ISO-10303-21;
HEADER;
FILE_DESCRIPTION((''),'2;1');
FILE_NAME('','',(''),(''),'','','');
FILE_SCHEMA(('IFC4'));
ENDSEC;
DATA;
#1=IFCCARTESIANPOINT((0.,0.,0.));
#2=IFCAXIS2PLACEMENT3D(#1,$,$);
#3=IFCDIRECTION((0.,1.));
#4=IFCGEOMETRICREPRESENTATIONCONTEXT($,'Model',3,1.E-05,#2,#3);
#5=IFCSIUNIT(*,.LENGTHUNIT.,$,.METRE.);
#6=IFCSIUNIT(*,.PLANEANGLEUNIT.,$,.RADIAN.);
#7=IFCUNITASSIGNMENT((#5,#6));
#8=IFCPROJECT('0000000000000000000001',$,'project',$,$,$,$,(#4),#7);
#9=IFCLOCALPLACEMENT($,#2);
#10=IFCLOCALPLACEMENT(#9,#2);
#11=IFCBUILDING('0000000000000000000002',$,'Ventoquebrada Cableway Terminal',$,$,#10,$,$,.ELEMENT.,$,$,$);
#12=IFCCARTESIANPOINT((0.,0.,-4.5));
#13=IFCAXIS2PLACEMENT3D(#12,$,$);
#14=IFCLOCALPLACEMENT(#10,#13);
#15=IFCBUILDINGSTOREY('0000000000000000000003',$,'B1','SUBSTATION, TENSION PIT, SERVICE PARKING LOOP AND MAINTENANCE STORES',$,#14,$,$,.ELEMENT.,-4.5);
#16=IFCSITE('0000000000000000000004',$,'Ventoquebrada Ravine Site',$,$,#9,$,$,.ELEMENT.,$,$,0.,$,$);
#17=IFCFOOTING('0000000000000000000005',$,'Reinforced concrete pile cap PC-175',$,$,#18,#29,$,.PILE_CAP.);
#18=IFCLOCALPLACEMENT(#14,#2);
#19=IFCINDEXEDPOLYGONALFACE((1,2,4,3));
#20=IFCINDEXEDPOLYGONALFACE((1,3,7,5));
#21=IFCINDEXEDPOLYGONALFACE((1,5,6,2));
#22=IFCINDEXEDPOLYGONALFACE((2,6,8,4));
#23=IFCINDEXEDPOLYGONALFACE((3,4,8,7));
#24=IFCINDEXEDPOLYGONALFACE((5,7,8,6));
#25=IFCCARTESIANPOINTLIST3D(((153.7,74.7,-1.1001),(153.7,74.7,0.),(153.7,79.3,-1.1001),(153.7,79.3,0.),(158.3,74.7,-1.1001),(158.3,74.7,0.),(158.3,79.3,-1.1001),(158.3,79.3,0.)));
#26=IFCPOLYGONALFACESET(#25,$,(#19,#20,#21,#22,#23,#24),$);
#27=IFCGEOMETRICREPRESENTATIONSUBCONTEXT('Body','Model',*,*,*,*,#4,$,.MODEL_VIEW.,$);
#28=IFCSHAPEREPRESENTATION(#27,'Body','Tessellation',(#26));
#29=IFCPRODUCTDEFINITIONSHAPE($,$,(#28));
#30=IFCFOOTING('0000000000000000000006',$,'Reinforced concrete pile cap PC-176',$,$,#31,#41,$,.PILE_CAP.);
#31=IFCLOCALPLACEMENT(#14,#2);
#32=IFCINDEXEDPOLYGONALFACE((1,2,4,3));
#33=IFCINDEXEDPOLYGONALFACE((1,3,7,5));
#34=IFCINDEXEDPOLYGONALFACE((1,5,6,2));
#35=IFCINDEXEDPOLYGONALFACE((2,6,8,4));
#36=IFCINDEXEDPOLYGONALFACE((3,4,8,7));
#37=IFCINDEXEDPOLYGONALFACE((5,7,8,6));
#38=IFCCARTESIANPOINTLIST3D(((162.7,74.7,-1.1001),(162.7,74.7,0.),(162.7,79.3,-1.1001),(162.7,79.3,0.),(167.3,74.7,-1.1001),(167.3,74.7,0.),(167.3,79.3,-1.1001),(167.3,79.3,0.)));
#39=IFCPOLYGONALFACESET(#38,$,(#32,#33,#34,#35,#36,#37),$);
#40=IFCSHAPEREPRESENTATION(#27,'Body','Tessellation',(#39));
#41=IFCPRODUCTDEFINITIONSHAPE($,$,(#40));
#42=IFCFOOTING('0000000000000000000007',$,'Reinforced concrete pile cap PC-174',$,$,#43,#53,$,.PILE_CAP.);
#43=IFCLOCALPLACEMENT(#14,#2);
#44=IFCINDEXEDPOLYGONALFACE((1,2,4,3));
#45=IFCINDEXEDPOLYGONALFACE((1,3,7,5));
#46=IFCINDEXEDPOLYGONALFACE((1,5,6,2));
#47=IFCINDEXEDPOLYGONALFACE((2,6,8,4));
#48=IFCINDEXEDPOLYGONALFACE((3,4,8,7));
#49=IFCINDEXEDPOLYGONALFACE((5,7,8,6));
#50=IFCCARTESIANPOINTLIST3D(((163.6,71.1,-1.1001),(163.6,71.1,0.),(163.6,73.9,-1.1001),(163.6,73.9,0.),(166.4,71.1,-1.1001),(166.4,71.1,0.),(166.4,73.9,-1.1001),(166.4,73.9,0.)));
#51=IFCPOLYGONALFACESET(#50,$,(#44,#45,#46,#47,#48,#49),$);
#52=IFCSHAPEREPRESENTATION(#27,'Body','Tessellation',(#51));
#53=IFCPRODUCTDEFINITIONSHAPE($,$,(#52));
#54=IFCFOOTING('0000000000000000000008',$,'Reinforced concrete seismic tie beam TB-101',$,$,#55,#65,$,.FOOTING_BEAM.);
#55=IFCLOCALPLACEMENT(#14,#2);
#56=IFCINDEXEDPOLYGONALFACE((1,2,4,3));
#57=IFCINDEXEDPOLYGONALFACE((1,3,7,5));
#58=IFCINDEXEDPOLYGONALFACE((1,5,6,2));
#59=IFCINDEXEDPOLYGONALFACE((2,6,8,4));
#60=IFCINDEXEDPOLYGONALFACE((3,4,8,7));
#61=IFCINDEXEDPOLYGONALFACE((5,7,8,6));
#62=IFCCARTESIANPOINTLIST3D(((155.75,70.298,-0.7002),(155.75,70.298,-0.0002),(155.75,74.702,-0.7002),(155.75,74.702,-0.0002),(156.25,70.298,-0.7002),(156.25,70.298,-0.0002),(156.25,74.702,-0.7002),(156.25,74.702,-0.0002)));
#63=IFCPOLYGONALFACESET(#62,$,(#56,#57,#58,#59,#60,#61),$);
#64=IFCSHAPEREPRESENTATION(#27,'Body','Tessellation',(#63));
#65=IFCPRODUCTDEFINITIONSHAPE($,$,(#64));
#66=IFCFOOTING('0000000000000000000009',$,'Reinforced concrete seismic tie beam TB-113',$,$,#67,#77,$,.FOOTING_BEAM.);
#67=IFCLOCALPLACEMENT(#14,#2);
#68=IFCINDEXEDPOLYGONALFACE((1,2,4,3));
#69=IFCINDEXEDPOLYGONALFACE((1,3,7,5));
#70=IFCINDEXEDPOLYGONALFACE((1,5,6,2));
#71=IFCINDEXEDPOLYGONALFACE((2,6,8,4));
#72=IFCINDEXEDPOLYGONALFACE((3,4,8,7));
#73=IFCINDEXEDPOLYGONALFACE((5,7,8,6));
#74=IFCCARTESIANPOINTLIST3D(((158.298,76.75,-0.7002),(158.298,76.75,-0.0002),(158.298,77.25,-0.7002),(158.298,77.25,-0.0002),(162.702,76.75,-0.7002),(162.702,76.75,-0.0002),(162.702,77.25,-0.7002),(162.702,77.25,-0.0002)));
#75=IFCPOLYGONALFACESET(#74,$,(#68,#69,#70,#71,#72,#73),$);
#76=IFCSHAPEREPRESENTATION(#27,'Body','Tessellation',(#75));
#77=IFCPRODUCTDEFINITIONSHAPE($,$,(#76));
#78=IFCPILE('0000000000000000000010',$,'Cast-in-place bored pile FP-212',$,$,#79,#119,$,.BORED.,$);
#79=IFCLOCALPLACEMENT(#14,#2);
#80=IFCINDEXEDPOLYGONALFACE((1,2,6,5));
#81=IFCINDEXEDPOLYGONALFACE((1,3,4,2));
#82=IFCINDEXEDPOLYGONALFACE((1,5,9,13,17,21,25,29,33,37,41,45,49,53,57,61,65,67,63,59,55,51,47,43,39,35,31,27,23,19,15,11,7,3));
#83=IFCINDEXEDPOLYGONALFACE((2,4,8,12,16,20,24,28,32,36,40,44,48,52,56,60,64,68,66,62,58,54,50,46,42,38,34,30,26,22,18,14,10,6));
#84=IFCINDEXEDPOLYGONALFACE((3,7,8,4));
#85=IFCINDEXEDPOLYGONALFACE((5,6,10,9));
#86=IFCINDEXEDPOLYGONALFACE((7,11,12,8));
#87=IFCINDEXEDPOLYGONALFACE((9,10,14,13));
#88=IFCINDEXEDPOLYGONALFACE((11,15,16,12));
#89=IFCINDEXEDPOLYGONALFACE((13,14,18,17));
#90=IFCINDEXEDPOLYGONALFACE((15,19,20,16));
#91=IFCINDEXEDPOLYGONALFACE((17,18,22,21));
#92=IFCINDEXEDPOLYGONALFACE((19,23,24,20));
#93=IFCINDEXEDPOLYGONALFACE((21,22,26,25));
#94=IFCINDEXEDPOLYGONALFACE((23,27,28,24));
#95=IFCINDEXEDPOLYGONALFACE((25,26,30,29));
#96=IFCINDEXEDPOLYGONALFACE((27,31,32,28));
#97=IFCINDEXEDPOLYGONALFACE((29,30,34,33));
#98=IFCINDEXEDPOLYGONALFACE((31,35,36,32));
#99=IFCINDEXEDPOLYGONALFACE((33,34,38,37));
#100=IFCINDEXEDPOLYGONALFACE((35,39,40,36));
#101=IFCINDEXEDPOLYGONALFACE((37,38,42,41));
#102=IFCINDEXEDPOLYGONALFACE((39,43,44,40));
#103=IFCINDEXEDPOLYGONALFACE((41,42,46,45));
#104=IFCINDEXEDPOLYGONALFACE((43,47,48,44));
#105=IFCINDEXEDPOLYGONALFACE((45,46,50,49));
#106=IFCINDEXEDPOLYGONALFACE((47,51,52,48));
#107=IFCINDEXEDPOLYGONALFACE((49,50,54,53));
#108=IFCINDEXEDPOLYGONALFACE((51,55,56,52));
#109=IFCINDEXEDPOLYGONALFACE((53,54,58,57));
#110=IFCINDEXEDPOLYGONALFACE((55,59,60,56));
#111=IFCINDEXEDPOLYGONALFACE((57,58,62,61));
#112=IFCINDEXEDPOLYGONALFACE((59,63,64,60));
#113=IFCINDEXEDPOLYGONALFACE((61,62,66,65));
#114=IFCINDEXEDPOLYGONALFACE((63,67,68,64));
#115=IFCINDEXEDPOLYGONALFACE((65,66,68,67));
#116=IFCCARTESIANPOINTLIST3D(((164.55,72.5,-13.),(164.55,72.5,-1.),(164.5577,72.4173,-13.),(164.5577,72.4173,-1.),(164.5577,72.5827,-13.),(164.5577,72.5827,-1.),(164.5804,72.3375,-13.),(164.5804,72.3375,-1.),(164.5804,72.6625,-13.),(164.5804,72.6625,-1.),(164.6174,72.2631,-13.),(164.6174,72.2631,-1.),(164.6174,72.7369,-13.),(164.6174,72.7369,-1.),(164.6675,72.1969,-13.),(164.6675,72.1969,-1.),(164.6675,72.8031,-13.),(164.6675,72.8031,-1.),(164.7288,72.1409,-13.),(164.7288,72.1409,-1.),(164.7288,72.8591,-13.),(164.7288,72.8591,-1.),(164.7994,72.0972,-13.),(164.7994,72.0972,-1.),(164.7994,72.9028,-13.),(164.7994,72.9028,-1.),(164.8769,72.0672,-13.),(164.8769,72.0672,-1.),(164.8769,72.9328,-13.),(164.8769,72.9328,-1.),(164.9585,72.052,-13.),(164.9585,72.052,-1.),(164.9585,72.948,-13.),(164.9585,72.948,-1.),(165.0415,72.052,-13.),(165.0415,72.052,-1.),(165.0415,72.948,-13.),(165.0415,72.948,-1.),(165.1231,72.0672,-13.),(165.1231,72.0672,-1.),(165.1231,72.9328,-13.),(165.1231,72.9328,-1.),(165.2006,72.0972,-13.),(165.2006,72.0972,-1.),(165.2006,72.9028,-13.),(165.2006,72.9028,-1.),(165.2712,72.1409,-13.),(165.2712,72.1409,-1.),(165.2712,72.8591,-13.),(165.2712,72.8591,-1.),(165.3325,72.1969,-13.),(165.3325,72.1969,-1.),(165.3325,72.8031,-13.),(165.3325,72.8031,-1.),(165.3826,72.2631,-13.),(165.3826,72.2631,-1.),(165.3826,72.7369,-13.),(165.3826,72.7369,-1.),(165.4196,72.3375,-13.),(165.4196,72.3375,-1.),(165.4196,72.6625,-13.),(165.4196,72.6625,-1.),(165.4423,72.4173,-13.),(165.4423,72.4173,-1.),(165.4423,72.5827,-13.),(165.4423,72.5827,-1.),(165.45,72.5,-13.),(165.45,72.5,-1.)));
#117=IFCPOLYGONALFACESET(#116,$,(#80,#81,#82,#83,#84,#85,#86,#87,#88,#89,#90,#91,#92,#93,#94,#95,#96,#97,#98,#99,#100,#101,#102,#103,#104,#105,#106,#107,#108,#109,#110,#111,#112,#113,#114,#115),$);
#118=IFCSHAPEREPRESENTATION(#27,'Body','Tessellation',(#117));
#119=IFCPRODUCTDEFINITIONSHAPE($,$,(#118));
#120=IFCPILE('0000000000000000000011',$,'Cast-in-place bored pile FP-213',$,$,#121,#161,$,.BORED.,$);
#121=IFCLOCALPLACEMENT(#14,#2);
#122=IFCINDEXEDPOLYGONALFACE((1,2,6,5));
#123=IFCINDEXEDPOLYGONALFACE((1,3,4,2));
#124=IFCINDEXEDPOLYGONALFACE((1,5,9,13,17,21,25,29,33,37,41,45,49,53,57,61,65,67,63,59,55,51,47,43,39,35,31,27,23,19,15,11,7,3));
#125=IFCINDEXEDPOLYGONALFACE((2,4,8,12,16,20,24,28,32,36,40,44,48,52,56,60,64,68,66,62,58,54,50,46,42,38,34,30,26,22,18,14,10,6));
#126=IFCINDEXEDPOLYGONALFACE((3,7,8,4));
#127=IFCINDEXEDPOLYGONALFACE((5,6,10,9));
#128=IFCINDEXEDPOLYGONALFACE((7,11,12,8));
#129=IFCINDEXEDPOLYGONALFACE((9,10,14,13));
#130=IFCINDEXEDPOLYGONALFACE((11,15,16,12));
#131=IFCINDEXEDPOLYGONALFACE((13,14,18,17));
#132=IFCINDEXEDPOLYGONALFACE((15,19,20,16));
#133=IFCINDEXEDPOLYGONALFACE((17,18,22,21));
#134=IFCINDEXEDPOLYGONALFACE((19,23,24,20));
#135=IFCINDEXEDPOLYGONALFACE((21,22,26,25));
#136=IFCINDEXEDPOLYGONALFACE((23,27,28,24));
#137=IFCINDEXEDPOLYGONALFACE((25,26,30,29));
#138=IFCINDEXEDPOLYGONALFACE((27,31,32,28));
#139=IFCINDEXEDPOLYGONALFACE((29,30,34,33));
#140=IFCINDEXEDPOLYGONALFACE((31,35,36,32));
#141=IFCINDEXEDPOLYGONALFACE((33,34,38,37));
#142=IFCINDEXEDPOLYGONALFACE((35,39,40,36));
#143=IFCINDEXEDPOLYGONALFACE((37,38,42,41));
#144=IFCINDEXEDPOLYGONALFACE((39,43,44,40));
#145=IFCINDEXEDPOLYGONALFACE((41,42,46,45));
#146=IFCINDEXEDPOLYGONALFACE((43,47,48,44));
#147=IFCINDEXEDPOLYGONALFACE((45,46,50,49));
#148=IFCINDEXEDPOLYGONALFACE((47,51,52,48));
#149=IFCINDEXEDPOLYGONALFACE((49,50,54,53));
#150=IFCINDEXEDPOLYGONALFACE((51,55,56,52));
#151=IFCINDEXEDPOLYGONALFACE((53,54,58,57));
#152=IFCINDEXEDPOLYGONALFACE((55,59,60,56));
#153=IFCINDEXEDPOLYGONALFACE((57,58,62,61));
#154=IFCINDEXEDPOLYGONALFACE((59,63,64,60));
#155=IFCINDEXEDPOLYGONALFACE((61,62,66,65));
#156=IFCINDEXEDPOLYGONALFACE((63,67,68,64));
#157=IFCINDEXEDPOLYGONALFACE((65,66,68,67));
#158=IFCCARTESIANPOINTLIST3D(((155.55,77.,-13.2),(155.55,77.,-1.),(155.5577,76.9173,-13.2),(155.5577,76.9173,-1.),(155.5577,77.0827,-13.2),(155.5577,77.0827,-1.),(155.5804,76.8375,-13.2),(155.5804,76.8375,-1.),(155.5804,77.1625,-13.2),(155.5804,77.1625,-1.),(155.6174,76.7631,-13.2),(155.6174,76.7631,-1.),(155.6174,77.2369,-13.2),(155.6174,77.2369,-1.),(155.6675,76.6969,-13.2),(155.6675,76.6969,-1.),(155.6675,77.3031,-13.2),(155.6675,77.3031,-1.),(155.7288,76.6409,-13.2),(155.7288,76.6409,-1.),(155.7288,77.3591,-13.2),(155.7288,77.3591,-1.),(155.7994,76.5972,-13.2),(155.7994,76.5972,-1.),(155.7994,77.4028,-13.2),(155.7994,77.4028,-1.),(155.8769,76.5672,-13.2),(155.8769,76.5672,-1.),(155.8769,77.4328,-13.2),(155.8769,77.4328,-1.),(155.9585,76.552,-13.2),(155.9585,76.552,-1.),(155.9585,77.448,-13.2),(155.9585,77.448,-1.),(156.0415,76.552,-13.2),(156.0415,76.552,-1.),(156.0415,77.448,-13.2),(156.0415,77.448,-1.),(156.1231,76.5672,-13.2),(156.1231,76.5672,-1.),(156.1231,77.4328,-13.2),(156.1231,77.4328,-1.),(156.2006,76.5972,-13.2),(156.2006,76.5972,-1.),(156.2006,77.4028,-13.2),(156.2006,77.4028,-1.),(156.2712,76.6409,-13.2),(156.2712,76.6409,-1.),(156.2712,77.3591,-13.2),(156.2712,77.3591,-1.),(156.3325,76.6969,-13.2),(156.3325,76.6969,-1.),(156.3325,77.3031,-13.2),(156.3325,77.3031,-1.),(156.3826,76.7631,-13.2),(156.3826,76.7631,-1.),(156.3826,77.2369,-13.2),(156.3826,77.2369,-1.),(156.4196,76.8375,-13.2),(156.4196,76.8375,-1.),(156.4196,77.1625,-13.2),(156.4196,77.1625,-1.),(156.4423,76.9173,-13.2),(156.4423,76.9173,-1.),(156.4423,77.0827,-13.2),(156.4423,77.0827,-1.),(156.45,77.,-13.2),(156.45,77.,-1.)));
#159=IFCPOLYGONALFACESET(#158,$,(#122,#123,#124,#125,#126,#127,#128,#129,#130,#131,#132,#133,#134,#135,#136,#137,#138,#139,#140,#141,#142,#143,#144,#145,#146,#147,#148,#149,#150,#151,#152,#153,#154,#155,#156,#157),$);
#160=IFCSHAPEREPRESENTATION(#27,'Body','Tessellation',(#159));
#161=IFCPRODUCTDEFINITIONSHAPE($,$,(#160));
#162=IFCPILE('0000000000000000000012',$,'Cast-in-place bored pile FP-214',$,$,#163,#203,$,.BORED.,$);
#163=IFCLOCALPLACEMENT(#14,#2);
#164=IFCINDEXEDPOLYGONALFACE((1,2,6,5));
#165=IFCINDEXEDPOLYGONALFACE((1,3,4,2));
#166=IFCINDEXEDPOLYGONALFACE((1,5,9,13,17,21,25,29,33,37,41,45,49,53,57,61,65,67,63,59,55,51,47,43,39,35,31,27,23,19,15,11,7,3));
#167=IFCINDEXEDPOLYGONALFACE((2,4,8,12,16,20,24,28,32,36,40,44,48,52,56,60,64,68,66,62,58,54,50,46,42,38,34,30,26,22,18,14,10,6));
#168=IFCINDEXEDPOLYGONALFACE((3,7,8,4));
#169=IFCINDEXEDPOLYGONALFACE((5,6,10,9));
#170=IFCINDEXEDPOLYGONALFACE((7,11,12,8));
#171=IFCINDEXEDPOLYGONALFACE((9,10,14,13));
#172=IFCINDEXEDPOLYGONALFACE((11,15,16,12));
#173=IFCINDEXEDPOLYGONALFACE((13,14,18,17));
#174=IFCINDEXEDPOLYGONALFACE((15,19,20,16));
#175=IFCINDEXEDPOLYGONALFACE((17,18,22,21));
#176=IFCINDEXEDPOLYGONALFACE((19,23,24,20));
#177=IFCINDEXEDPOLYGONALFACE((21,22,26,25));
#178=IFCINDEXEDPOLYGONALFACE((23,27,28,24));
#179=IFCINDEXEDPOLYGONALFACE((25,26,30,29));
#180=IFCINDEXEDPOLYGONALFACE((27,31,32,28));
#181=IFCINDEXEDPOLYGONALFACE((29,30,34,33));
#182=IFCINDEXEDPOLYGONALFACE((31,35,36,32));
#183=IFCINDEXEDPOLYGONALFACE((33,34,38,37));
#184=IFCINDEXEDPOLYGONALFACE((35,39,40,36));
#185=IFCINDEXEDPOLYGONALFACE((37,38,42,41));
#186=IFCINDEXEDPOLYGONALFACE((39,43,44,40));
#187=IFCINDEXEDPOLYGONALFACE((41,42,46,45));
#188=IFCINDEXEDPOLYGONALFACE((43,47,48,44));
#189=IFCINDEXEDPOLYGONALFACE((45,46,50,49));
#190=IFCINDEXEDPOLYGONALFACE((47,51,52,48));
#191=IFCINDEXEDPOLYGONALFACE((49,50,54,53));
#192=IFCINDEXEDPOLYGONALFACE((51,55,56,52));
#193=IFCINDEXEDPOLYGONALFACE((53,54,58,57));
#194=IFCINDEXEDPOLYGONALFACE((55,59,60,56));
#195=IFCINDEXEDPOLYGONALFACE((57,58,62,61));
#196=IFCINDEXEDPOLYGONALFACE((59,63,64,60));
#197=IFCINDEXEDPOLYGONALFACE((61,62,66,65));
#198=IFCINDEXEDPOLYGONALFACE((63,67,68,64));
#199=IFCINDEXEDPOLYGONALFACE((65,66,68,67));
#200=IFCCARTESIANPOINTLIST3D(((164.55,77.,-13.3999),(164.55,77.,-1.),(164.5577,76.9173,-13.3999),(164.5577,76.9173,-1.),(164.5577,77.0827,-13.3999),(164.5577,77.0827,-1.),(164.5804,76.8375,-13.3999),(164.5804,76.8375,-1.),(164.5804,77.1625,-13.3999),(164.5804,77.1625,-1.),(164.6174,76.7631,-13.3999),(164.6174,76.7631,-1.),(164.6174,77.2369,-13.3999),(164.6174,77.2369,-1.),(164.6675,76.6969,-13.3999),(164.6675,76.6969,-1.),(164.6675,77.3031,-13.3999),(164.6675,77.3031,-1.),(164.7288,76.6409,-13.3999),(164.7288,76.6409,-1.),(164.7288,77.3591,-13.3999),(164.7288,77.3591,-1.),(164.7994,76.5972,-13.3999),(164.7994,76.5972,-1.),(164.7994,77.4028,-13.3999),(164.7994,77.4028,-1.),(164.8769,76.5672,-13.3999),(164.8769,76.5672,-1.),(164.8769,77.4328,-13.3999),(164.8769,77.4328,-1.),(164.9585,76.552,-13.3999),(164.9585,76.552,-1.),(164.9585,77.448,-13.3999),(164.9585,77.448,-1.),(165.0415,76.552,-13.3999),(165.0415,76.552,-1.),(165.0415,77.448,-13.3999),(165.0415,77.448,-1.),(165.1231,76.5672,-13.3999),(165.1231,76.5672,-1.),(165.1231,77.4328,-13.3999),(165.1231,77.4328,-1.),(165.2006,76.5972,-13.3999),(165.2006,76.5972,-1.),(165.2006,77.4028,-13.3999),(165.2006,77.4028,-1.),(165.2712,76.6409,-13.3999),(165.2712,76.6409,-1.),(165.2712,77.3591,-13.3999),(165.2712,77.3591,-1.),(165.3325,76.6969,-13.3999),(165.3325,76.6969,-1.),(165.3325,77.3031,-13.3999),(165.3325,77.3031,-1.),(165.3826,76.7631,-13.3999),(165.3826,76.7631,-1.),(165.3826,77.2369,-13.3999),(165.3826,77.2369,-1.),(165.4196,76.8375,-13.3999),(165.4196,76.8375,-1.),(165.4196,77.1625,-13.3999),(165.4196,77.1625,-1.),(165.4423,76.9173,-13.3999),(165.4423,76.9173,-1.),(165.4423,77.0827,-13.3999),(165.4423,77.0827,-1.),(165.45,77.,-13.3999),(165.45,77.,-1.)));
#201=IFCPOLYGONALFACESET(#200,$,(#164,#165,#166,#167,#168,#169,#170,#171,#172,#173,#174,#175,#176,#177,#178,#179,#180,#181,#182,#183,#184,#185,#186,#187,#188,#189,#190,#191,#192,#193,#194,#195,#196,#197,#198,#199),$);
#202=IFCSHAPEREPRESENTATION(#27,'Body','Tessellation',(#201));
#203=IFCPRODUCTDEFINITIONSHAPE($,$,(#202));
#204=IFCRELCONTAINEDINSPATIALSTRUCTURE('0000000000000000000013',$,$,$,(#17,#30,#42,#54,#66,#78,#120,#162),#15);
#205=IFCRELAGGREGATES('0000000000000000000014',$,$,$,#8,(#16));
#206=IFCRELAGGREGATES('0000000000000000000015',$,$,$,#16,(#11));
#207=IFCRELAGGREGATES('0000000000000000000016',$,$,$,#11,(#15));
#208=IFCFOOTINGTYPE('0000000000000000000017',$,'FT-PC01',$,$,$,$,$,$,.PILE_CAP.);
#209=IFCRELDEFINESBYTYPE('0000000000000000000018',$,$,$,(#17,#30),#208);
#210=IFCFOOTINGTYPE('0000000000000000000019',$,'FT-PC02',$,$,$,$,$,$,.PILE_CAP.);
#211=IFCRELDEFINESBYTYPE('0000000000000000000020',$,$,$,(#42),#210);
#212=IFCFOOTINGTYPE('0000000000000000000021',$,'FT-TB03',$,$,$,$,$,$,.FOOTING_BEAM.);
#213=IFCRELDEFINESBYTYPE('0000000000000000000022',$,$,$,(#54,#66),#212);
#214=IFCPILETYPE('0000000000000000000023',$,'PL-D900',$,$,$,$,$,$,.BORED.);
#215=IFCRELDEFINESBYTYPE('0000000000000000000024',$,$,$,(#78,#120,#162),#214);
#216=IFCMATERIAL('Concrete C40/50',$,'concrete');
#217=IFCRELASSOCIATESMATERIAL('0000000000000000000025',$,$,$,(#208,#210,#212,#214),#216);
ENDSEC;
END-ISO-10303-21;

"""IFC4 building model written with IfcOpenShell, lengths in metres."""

from ifc_helpers import new_model, si_unit, direction, frame, origin, origin_2d, place, context, subcontext, project, spatial, rectangle, circle, extrude, material, material_profile, profile_set, type_object, element, save


model = new_model("IFC4")

# Units and contexts
model_context = context("Model", 3, precision=1e-05, world=origin(), true_north=direction((0.0, 1.0)))
body_context = subcontext(model_context, "Body", "Model", "MODEL_VIEW")
ifc_project = project(units=[si_unit("LENGTHUNIT", "METRE"), si_unit("PLANEANGLEUNIT", "RADIAN")], contexts=[model_context])

# Site, building, storey
site_placement = place(None, origin())
site = spatial("IfcSite", under=ifc_project, at=site_placement, Name="Ventoquebrada Ravine Site", CompositionType="ELEMENT", RefElevation=0.0)
building_placement = place(site_placement, origin())
building = spatial("IfcBuilding", under=site, at=building_placement, Name="Ventoquebrada Cableway Terminal", CompositionType="ELEMENT")
storey_placement = place(building_placement, frame((0.0, 0.0, -4.5)))
storey = spatial("IfcBuildingStorey", under=building, at=storey_placement, Name="B1", Description="SUBSTATION, TENSION PIT, SERVICE PARKING LOOP AND MAINTENANCE STORES", CompositionType="ELEMENT", Elevation=-4.5)

# Footings
ifc_material_1 = material(Name="Concrete C40/50", Category="concrete")
footing_type_1 = type_object("IfcFootingType", Name="FT-PC01", PredefinedType="PILE_CAP", material=ifc_material_1)
for number, where, z_axis, x_axis, name in (
    (1, (156.0, 77.0, -1.1001), (0.0, 0.0, 1.0), (1.0, 0.0, 0.0), "Reinforced concrete pile cap PC-175"),
    (2, (165.0, 77.0, -1.1001), (0.0, 0.0, 1.0), (1.0, 0.0, 0.0), "Reinforced concrete pile cap PC-176"),
):
    element("IfcFooting", number, at=place(storey_placement, frame(where, z_axis=z_axis, x_axis=x_axis)), inside=storey, type_object=footing_type_1, Name=name, PredefinedType="PILE_CAP", context=body_context, shape_type="SweptSolid", body=[
        extrude(rectangle(XDim=4.6001, YDim=4.6001, at=origin_2d()), origin(), (0.0, 0.0, 1.0), 1.1001),
    ])
footing_type_2 = type_object("IfcFootingType", Name="FT-PC02", PredefinedType="PILE_CAP", material=ifc_material_1)
footing_placement = place(storey_placement, frame((165.0, 72.5, -1.1001), z_axis=(0.0, 0.0, 1.0), x_axis=(1.0, 0.0, 0.0)))
element("IfcFooting", 3, at=footing_placement, inside=storey, type_object=footing_type_2, Name="Reinforced concrete pile cap PC-174", PredefinedType="PILE_CAP", context=body_context, shape_type="SweptSolid", body=[
    extrude(rectangle(XDim=2.8, YDim=2.8, at=origin_2d()), origin(), (0.0, 0.0, 1.0), 1.1001),
])
footing_type_3 = type_object("IfcFootingType", Name="FT-TB03", PredefinedType="FOOTING_BEAM", material=ifc_material_1)
for number, where, z_axis, x_axis, name in (
    (4, (156.0, 72.5, -0.7002), (0.0, 0.0, 1.0), (0.0, 1.0, 0.0), "Reinforced concrete seismic tie beam TB-101"),
    (5, (160.5, 77.0, -0.7002), (0.0, 0.0, 1.0), (1.0, 0.0, 0.0), "Reinforced concrete seismic tie beam TB-113"),
):
    element("IfcFooting", number, at=place(storey_placement, frame(where, z_axis=z_axis, x_axis=x_axis)), inside=storey, type_object=footing_type_3, Name=name, PredefinedType="FOOTING_BEAM", context=body_context, shape_type="SweptSolid", body=[
        extrude(rectangle(XDim=4.4041, YDim=0.5, at=origin_2d()), origin(), (0.0, 0.0, 1.0), 0.7),
    ])

# Piles
ifc_material_profile_1 = material_profile(ifc_material_1, circle(Radius=0.45, at=origin_2d()), Name="PILE-D900")
ifc_profile_set_1 = profile_set([ifc_material_profile_1], Name="Concrete C40/50")
pile_type = type_object("IfcPileType", Name="PL-D900", PredefinedType="BORED", material=ifc_profile_set_1)
pile_1_placement = place(storey_placement, frame((165.0, 72.5, -1.0), z_axis=(0.0, 0.0, -1.0), x_axis=(1.0, 0.0, 0.0)))
element("IfcPile", 6, at=pile_1_placement, inside=storey, type_object=pile_type, Name="Cast-in-place bored pile FP-212", PredefinedType="BORED", context=body_context, shape_type="SweptSolid", body=[
    extrude(circle(Radius=0.45, at=origin_2d()), origin(), (0.0, 0.0, 1.0), 12.0),
])
pile_2_placement = place(storey_placement, frame((156.0, 77.0, -1.0), z_axis=(0.0, 0.0, -1.0), x_axis=(1.0, 0.0, 0.0)))
element("IfcPile", 7, at=pile_2_placement, inside=storey, type_object=pile_type, Name="Cast-in-place bored pile FP-213", PredefinedType="BORED", context=body_context, shape_type="SweptSolid", body=[
    extrude(circle(Radius=0.45, at=origin_2d()), origin(), (0.0, 0.0, 1.0), 12.2),
])
pile_3_placement = place(storey_placement, frame((165.0, 77.0, -1.0), z_axis=(0.0, 0.0, -1.0), x_axis=(1.0, 0.0, 0.0)))
element("IfcPile", 8, at=pile_3_placement, inside=storey, type_object=pile_type, Name="Cast-in-place bored pile FP-214", PredefinedType="BORED", context=body_context, shape_type="SweptSolid", body=[
    extrude(circle(Radius=0.45, at=origin_2d()), origin(), (0.0, 0.0, 1.0), 12.3999),
])

save(model, "model.ifc")
